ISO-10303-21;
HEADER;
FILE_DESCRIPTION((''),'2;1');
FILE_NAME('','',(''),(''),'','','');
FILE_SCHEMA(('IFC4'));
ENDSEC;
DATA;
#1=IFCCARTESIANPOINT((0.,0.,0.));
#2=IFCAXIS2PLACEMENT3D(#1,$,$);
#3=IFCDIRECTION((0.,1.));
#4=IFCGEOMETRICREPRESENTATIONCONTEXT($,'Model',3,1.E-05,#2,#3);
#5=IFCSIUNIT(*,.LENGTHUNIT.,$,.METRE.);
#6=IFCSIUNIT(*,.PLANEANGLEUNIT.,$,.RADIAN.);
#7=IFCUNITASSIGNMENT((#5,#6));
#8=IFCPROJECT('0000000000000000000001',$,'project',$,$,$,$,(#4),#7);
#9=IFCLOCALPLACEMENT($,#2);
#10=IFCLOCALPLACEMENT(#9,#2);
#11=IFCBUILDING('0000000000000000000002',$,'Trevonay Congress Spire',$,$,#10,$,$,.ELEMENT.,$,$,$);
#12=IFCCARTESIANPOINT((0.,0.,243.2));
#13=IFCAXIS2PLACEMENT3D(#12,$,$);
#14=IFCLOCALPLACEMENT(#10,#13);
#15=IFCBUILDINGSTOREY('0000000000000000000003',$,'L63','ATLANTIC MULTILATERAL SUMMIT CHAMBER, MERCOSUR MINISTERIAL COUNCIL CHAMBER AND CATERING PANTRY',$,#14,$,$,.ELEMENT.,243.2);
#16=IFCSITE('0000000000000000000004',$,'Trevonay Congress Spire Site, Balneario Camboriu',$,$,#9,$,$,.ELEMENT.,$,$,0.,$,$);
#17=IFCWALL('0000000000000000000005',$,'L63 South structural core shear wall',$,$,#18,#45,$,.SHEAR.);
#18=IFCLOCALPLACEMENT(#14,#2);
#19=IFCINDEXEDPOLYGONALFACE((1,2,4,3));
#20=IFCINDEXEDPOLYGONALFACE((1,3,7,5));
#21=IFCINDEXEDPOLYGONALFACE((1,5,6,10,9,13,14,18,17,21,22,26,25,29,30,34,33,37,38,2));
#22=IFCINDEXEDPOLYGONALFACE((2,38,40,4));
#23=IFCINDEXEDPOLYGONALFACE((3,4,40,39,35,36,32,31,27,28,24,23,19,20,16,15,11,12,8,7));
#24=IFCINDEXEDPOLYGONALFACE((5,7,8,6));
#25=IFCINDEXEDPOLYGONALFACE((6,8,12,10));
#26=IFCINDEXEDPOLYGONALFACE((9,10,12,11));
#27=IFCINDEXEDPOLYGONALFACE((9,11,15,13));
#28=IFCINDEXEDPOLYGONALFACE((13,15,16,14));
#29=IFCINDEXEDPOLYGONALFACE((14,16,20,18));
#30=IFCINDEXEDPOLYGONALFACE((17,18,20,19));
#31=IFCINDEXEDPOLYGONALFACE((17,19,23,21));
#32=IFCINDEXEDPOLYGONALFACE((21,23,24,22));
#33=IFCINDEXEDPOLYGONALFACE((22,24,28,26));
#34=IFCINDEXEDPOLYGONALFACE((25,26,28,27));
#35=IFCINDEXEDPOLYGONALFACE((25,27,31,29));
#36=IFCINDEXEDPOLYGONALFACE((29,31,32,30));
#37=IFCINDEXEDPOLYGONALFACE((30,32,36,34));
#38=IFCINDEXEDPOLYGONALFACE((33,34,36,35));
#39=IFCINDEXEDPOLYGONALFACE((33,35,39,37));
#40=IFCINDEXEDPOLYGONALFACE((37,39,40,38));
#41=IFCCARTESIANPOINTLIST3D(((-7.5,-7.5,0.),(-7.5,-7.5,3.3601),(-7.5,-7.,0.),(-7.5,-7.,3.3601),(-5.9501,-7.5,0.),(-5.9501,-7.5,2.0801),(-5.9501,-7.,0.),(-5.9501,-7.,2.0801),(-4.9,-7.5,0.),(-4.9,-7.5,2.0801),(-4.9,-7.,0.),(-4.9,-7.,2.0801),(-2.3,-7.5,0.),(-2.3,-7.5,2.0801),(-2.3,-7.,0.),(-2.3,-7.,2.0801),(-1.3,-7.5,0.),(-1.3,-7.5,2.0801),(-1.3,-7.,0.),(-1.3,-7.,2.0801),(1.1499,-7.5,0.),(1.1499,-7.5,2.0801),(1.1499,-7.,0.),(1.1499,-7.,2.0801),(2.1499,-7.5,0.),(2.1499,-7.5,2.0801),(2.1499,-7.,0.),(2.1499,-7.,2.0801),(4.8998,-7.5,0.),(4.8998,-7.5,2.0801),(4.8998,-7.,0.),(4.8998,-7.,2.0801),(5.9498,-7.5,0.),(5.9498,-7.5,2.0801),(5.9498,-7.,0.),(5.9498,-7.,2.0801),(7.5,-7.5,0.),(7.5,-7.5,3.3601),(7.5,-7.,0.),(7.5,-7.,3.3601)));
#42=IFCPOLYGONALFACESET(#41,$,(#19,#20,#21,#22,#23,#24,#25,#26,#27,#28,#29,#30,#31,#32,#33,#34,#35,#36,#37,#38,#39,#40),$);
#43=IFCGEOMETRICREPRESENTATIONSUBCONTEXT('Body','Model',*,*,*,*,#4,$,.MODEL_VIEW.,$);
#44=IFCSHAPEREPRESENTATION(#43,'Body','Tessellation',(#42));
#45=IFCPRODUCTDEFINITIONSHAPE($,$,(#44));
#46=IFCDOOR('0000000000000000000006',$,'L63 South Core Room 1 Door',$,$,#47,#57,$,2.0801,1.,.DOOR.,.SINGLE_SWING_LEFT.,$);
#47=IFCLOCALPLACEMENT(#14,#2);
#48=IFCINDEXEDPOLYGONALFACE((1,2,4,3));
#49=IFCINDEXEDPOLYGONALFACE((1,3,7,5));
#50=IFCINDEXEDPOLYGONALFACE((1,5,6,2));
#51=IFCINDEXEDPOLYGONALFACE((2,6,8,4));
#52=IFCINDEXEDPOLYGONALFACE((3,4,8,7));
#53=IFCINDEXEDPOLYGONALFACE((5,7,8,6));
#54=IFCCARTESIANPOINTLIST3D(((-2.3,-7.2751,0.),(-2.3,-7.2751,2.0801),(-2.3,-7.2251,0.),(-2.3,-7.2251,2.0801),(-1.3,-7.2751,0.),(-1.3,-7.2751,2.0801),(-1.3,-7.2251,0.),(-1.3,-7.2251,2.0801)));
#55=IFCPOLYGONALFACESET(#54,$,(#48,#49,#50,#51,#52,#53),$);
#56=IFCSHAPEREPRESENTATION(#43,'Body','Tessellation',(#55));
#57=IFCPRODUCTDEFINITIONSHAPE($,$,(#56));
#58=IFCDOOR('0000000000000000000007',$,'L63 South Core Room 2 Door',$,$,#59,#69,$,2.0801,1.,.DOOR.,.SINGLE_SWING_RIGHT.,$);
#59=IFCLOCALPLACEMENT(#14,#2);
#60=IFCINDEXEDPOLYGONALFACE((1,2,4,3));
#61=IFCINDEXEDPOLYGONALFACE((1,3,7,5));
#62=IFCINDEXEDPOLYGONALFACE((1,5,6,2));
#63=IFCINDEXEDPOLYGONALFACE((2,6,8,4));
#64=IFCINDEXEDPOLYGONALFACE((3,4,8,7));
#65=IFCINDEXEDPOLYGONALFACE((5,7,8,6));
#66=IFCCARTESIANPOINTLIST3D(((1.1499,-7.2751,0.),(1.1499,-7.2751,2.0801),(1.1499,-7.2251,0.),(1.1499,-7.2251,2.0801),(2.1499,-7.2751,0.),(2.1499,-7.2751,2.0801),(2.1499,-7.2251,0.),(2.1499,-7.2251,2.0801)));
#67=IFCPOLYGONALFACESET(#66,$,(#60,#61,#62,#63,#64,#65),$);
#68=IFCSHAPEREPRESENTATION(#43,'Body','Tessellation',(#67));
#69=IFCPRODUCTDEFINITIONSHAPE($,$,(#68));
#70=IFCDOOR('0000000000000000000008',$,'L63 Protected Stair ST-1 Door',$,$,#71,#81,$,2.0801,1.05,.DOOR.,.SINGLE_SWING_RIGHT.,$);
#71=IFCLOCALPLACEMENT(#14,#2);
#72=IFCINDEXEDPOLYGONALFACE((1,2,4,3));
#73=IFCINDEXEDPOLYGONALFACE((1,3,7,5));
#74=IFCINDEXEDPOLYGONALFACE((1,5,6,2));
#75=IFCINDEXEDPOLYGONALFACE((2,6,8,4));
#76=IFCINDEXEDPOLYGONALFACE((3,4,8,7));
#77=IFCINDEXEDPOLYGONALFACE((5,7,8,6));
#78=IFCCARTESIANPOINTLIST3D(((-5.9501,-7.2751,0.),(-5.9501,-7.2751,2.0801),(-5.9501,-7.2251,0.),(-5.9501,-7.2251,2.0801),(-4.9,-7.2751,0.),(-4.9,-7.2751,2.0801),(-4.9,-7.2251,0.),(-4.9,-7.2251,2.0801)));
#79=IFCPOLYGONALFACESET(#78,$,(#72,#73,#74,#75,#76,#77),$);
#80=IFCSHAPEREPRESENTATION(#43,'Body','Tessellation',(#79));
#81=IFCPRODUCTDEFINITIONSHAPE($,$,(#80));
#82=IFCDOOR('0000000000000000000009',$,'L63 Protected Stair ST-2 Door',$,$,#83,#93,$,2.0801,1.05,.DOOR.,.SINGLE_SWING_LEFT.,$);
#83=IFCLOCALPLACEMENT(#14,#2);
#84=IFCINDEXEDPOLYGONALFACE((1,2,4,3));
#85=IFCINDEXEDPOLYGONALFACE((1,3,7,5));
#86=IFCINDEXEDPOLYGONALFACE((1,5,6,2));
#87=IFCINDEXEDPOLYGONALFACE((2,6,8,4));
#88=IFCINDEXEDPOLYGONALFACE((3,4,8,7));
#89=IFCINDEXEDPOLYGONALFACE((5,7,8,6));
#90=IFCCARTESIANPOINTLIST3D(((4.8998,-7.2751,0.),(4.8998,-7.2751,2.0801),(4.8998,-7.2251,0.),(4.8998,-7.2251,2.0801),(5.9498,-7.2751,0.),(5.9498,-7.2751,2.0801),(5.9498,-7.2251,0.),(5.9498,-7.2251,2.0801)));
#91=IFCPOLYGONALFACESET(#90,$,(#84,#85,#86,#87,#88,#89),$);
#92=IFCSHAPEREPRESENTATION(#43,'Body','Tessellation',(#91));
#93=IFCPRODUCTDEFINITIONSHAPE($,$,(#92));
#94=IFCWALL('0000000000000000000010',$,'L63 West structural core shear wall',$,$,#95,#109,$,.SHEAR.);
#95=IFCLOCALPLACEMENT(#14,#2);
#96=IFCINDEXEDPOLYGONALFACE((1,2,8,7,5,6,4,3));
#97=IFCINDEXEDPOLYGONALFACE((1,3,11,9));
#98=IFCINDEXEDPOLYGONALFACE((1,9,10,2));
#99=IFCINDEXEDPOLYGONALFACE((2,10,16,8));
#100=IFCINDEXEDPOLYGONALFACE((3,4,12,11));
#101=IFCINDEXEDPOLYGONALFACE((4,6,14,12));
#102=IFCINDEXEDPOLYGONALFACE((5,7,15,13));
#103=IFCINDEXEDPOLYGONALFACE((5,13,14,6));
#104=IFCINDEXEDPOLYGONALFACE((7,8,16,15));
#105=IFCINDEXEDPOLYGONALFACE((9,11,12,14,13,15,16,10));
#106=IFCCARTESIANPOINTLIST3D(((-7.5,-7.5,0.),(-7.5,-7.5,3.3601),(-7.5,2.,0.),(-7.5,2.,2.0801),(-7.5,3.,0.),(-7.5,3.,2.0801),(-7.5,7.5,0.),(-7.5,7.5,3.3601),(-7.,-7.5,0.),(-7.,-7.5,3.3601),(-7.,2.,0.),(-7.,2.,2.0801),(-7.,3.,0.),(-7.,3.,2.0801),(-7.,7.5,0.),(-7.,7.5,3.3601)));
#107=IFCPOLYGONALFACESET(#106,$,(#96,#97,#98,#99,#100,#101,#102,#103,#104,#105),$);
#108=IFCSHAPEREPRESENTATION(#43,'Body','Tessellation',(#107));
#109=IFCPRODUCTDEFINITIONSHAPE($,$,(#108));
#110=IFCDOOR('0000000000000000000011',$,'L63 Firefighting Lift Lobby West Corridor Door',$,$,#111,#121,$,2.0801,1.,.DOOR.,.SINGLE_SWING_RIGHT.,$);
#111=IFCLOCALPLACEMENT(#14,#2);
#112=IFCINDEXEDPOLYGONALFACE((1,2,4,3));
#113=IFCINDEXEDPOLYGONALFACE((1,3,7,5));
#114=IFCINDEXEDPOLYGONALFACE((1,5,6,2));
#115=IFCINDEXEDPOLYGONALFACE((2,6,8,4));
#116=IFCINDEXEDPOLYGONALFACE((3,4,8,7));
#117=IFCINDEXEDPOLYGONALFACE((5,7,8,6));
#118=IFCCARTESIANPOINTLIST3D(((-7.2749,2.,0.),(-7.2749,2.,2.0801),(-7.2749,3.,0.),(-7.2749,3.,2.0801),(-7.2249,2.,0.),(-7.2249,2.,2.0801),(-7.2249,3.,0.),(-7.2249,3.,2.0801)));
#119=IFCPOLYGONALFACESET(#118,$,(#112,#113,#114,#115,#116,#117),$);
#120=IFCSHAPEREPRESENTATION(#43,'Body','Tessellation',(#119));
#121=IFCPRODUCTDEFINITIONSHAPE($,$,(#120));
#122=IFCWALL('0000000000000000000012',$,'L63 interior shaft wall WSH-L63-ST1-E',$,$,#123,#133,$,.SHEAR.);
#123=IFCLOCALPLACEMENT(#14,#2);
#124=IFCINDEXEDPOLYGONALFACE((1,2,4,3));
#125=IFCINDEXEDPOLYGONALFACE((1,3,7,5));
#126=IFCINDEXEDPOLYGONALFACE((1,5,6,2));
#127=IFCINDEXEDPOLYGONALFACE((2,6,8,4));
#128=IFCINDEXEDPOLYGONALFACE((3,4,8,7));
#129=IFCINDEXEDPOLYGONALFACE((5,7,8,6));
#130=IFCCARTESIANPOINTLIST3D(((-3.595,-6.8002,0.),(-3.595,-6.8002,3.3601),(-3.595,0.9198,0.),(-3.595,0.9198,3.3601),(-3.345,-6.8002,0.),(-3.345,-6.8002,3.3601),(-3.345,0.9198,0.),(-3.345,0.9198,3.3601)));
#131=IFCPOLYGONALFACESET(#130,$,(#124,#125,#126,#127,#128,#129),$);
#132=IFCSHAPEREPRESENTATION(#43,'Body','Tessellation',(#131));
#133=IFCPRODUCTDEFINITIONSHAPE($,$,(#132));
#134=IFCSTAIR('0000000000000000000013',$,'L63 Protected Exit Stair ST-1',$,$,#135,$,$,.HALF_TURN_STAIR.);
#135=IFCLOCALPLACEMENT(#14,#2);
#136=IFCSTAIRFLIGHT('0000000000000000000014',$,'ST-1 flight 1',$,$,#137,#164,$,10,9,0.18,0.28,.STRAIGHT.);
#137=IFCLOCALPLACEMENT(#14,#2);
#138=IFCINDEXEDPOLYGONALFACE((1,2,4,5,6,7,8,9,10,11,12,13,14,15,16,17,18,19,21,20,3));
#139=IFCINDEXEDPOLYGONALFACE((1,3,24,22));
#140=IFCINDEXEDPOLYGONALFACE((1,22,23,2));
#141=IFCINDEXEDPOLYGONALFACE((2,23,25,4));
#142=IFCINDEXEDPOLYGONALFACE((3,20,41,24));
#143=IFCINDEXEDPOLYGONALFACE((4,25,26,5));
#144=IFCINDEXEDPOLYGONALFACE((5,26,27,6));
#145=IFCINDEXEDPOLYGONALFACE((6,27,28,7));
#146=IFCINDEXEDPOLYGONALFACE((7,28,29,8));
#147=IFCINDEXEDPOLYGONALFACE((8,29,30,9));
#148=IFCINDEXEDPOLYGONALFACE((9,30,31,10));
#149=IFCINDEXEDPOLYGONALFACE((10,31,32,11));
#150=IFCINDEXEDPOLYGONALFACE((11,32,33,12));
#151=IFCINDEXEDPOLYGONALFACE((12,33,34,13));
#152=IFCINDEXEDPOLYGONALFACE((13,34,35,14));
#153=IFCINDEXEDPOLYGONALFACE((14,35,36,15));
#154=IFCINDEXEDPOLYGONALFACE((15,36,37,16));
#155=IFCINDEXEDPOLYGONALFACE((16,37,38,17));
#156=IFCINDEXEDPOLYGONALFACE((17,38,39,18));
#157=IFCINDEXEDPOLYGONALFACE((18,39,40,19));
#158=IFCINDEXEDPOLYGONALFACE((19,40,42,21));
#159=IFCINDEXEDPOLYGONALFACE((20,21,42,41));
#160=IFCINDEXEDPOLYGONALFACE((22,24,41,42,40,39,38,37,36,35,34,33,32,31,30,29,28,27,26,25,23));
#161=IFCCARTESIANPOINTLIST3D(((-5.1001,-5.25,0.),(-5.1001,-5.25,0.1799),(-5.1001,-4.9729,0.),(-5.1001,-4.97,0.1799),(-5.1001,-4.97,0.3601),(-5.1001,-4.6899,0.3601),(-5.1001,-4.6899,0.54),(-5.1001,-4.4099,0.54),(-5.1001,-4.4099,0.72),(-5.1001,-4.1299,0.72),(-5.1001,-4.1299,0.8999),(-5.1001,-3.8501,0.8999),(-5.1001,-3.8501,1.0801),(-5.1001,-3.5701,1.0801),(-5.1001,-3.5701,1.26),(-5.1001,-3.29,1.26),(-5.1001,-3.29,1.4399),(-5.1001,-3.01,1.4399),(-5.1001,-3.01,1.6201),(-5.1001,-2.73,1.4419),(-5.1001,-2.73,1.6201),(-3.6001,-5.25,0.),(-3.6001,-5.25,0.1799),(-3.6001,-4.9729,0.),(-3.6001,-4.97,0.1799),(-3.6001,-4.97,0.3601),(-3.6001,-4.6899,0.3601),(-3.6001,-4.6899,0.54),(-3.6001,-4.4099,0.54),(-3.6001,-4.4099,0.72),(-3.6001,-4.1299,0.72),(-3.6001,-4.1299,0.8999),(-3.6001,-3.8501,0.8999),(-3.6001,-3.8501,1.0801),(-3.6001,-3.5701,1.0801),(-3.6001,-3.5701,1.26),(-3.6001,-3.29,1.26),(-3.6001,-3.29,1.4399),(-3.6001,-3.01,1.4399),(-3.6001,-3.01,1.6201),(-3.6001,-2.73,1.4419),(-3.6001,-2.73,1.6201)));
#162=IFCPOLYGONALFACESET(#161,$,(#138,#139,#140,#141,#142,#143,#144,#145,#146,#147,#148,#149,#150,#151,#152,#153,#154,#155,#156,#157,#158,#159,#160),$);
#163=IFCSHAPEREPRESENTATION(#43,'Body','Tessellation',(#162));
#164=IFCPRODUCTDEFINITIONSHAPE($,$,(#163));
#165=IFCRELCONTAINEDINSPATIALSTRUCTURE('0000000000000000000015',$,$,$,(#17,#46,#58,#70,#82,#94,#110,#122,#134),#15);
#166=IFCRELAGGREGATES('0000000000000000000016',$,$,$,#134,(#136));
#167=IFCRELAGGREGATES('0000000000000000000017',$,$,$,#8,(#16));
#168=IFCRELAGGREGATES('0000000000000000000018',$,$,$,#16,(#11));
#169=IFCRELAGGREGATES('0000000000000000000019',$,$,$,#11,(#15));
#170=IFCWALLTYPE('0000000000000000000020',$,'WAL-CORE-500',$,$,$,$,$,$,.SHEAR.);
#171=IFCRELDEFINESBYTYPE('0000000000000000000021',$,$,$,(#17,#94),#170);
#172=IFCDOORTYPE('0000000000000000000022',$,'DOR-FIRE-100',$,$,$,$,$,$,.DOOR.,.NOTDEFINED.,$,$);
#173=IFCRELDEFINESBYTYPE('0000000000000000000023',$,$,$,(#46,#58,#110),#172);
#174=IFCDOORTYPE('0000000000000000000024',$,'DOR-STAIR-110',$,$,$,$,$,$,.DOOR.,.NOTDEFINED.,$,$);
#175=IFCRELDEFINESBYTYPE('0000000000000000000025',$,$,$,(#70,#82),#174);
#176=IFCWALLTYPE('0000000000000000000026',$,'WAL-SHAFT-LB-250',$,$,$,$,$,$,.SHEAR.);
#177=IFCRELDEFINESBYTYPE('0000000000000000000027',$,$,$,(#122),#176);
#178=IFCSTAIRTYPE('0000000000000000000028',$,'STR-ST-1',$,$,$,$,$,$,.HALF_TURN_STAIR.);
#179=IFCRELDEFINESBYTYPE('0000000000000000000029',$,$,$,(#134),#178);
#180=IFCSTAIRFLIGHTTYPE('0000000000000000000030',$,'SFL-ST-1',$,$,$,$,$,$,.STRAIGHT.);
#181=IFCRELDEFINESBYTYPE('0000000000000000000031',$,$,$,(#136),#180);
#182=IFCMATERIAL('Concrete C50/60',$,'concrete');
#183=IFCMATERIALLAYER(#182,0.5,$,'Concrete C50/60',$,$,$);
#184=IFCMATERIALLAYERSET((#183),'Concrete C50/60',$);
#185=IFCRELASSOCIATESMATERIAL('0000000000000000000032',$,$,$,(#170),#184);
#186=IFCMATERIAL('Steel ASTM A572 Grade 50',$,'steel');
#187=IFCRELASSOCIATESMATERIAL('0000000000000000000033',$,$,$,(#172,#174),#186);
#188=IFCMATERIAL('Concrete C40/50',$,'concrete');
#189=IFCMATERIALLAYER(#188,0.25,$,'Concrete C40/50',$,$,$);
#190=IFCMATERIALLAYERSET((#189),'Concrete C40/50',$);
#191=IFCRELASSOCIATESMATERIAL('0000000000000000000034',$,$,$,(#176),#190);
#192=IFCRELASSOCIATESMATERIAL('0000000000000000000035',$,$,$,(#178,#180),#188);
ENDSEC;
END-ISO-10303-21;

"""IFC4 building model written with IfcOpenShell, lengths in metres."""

from ifc_helpers import new_model, si_unit, direction, frame, frame_2d, origin, place, context, subcontext, project, spatial, polyline, rectangle, outline, extrude, material, layer, layer_set, type_object, element, fill, aggregate, save


model = new_model("IFC4")

# Units and contexts
model_context = context("Model", 3, precision=1e-05, world=origin(), true_north=direction((0.0, 1.0)))
body_context = subcontext(model_context, "Body", "Model", "MODEL_VIEW")
ifc_project = project(units=[si_unit("LENGTHUNIT", "METRE"), si_unit("PLANEANGLEUNIT", "RADIAN")], contexts=[model_context])

# Site, building, storey
site_placement = place(None, origin())
site = spatial("IfcSite", under=ifc_project, at=site_placement, Name="Trevonay Congress Spire Site, Balneario Camboriu", CompositionType="ELEMENT", RefElevation=0.0)
building_placement = place(site_placement, origin())
building = spatial("IfcBuilding", under=site, at=building_placement, Name="Trevonay Congress Spire", CompositionType="ELEMENT")
storey_placement = place(building_placement, frame((0.0, 0.0, 243.2)))
storey = spatial("IfcBuildingStorey", under=building, at=storey_placement, Name="L63", Description="ATLANTIC MULTILATERAL SUMMIT CHAMBER, MERCOSUR MINISTERIAL COUNCIL CHAMBER AND CATERING PANTRY", CompositionType="ELEMENT", Elevation=243.2)

# Shared definitions
ifc_material_1 = material(Name="Steel ASTM A572 Grade 50", Category="steel")

# Wall, openings, doors
ifc_material_2 = material(Name="Concrete C50/60", Category="concrete")
ifc_layer_1 = layer(ifc_material_2, 0.5, Name="Concrete C50/60")
ifc_layer_set_1 = layer_set([ifc_layer_1], Name="Concrete C50/60")
wall_type_1 = type_object("IfcWallType", Name="WAL-CORE-500", PredefinedType="SHEAR", material=ifc_layer_set_1)
wall_1_placement = place(storey_placement, frame((-7.5, -7.25, 0.0), z_axis=(0.0, 0.0, 1.0), x_axis=(1.0, 0.0, 0.0)))
wall_1 = element("IfcWall", 1, at=wall_1_placement, inside=storey, type_object=wall_type_1, Name="L63 South structural core shear wall", PredefinedType="SHEAR", context=body_context, shape_type="SweptSolid", body=[
    extrude(rectangle(XDim=15.0, YDim=0.5, at=frame_2d((7.5, 0.0))), origin(), (0.0, 0.0, 1.0), 3.3601),
])
opening_1_placement = place(wall_1_placement, frame((1.55, 0.0, 0.0)))
opening_1 = element("IfcOpeningElement", 2, at=opening_1_placement, cuts=wall_1, PredefinedType="OPENING", context=body_context, shape_type="SweptSolid", body=[
    extrude(rectangle(XDim=1.05, YDim=2.0801, at=frame_2d((0.5249, 1.04))), frame((0.0, 0.26, 0.0), z_axis=(0.0, -1.0, 0.0), x_axis=(1.0, 0.0, 0.0)), (0.0, 0.0, 1.0), 0.52),
])
opening_2_placement = place(wall_1_placement, frame((12.3999, 0.0, 0.0)))
opening_2 = element("IfcOpeningElement", 3, at=opening_2_placement, cuts=wall_1, PredefinedType="OPENING", context=body_context, shape_type="SweptSolid", body=[
    extrude(rectangle(XDim=1.05, YDim=2.0801, at=frame_2d((0.5249, 1.04))), frame((0.0, 0.26, 0.0), z_axis=(0.0, -1.0, 0.0), x_axis=(1.0, 0.0, 0.0)), (0.0, 0.0, 1.0), 0.52),
])
opening_3_placement = place(wall_1_placement, frame((5.2, 0.0, 0.0)))
opening_3 = element("IfcOpeningElement", 4, at=opening_3_placement, cuts=wall_1, PredefinedType="OPENING", context=body_context, shape_type="SweptSolid", body=[
    extrude(rectangle(XDim=1.0, YDim=2.0801, at=frame_2d((0.5, 1.04))), frame((0.0, 0.26, 0.0), z_axis=(0.0, -1.0, 0.0), x_axis=(1.0, 0.0, 0.0)), (0.0, 0.0, 1.0), 0.52),
])
opening_4_placement = place(wall_1_placement, frame((8.6499, 0.0, 0.0)))
opening_4 = element("IfcOpeningElement", 5, at=opening_4_placement, cuts=wall_1, PredefinedType="OPENING", context=body_context, shape_type="SweptSolid", body=[
    extrude(rectangle(XDim=1.0, YDim=2.0801, at=frame_2d((0.5, 1.04))), frame((0.0, 0.26, 0.0), z_axis=(0.0, -1.0, 0.0), x_axis=(1.0, 0.0, 0.0)), (0.0, 0.0, 1.0), 0.52),
])
door_type_1 = type_object("IfcDoorType", Name="DOR-FIRE-100", OperationType="NOTDEFINED", PredefinedType="DOOR", material=ifc_material_1)
door_1_placement = place(opening_3_placement, origin())
door_1 = element("IfcDoor", 6, at=door_1_placement, inside=storey, type_object=door_type_1, Name="L63 South Core Room 1 Door", OperationType="SINGLE_SWING_LEFT", OverallHeight=2.0801, OverallWidth=1.0, PredefinedType="DOOR", context=body_context, shape_type="SweptSolid", body=[
    extrude(rectangle(XDim=1.0, YDim=2.0801, at=frame_2d((0.5, 1.04))), frame((0.0, 0.0249, 0.0), z_axis=(0.0, -1.0, 0.0), x_axis=(1.0, 0.0, 0.0)), (0.0, 0.0, 1.0), 0.05),
])
fill(opening_3, door_1)
door_2_placement = place(opening_4_placement, origin())
door_2 = element("IfcDoor", 7, at=door_2_placement, inside=storey, type_object=door_type_1, Name="L63 South Core Room 2 Door", OperationType="SINGLE_SWING_RIGHT", OverallHeight=2.0801, OverallWidth=1.0, PredefinedType="DOOR", context=body_context, shape_type="SweptSolid", body=[
    extrude(rectangle(XDim=1.0, YDim=2.0801, at=frame_2d((0.5, 1.04))), frame((0.0, 0.0249, 0.0), z_axis=(0.0, -1.0, 0.0), x_axis=(1.0, 0.0, 0.0)), (0.0, 0.0, 1.0), 0.05),
])
fill(opening_4, door_2)
door_type_2 = type_object("IfcDoorType", Name="DOR-STAIR-110", OperationType="NOTDEFINED", PredefinedType="DOOR", material=ifc_material_1)
door_3_placement = place(opening_1_placement, origin())
door_3 = element("IfcDoor", 8, at=door_3_placement, inside=storey, type_object=door_type_2, Name="L63 Protected Stair ST-1 Door", OperationType="SINGLE_SWING_RIGHT", OverallHeight=2.0801, OverallWidth=1.05, PredefinedType="DOOR", context=body_context, shape_type="SweptSolid", body=[
    extrude(rectangle(XDim=1.05, YDim=2.0801, at=frame_2d((0.5249, 1.04))), frame((0.0, 0.0249, 0.0), z_axis=(0.0, -1.0, 0.0), x_axis=(1.0, 0.0, 0.0)), (0.0, 0.0, 1.0), 0.05),
])
fill(opening_1, door_3)
door_4_placement = place(opening_2_placement, origin())
door_4 = element("IfcDoor", 9, at=door_4_placement, inside=storey, type_object=door_type_2, Name="L63 Protected Stair ST-2 Door", OperationType="SINGLE_SWING_LEFT", OverallHeight=2.0801, OverallWidth=1.05, PredefinedType="DOOR", context=body_context, shape_type="SweptSolid", body=[
    extrude(rectangle(XDim=1.05, YDim=2.0801, at=frame_2d((0.5249, 1.04))), frame((0.0, 0.0249, 0.0), z_axis=(0.0, -1.0, 0.0), x_axis=(1.0, 0.0, 0.0)), (0.0, 0.0, 1.0), 0.05),
])
fill(opening_2, door_4)

# Wall, opening, door
wall_2_placement = place(storey_placement, frame((-7.25, -7.5, 0.0), z_axis=(0.0, 0.0, 1.0), x_axis=(0.0, 1.0, 0.0)))
wall_2 = element("IfcWall", 10, at=wall_2_placement, inside=storey, type_object=wall_type_1, Name="L63 West structural core shear wall", PredefinedType="SHEAR", context=body_context, shape_type="SweptSolid", body=[
    extrude(rectangle(XDim=15.0, YDim=0.5, at=frame_2d((7.5, 0.0))), origin(), (0.0, 0.0, 1.0), 3.3601),
])
opening_5_placement = place(wall_2_placement, frame((9.5, 0.0, 0.0)))
opening_5 = element("IfcOpeningElement", 11, at=opening_5_placement, cuts=wall_2, PredefinedType="OPENING", context=body_context, shape_type="SweptSolid", body=[
    extrude(rectangle(XDim=1.0, YDim=2.0801, at=frame_2d((0.5, 1.04))), frame((0.0, 0.26, 0.0), z_axis=(0.0, -1.0, 0.0), x_axis=(1.0, 0.0, 0.0)), (0.0, 0.0, 1.0), 0.52),
])
door_5_placement = place(opening_5_placement, origin())
door_5 = element("IfcDoor", 12, at=door_5_placement, inside=storey, type_object=door_type_1, Name="L63 Firefighting Lift Lobby West Corridor Door", OperationType="SINGLE_SWING_RIGHT", OverallHeight=2.0801, OverallWidth=1.0, PredefinedType="DOOR", context=body_context, shape_type="SweptSolid", body=[
    extrude(rectangle(XDim=1.0, YDim=2.0801, at=frame_2d((0.5, 1.04))), frame((0.0, 0.0249, 0.0), z_axis=(0.0, -1.0, 0.0), x_axis=(1.0, 0.0, 0.0)), (0.0, 0.0, 1.0), 0.05),
])
fill(opening_5, door_5)

# Wall
ifc_material_3 = material(Name="Concrete C40/50", Category="concrete")
ifc_layer_2 = layer(ifc_material_3, 0.25, Name="Concrete C40/50")
ifc_layer_set_2 = layer_set([ifc_layer_2], Name="Concrete C40/50")
wall_type_2 = type_object("IfcWallType", Name="WAL-SHAFT-LB-250", PredefinedType="SHEAR", material=ifc_layer_set_2)
wall_3_placement = place(storey_placement, frame((-3.47, -6.8, 0.0), z_axis=(0.0, 0.0, 1.0), x_axis=(0.0, 1.0, 0.0)))
element("IfcWall", 13, at=wall_3_placement, inside=storey, type_object=wall_type_2, Name="L63 interior shaft wall WSH-L63-ST1-E", PredefinedType="SHEAR", context=body_context, shape_type="SweptSolid", body=[
    extrude(rectangle(XDim=7.72, YDim=0.25, at=frame_2d((3.8599, 0.0))), origin(), (0.0, 0.0, 1.0), 3.3601),
])

# Stair, stair flight
stair_type = type_object("IfcStairType", Name="STR-ST-1", PredefinedType="HALF_TURN_STAIR", material=ifc_material_3)
stair_placement = place(storey_placement, origin())
stair = element("IfcStair", 14, at=stair_placement, inside=storey, type_object=stair_type, Name="L63 Protected Exit Stair ST-1", PredefinedType="HALF_TURN_STAIR")
stair_flight_type = type_object("IfcStairFlightType", Name="SFL-ST-1", PredefinedType="STRAIGHT", material=ifc_material_3)
stair_flight_1_placement = place(storey_placement, frame((-4.3501, -5.25, 0.0), z_axis=(0.0, 0.0, 1.0), x_axis=(0.0, 1.0, 0.0)))
stair_flight_1 = element("IfcStairFlight", 15, at=stair_flight_1_placement, type_object=stair_flight_type, Name="ST-1 flight 1", NumberOfRisers=10, NumberOfTreads=9, PredefinedType="STRAIGHT", RiserHeight=0.18, TreadLength=0.28, context=body_context, shape_type="SweptSolid", body=[
    extrude(outline(polyline([(0.0, 0.0), (0.0, 0.1799), (0.28, 0.1799), (0.28, 0.3601), (0.5601, 0.3601), (0.5601, 0.54), (0.8401, 0.54), (0.8401, 0.72), (1.1201, 0.72), (1.1201, 0.8999), (1.3999, 0.8999), (1.3999, 1.0801), (1.6799, 1.0801), (1.6799, 1.26), (1.96, 1.26), (1.96, 1.4399), (2.24, 1.4399), (2.24, 1.6201), (2.52, 1.6201), (2.52, 1.8), (2.52, 1.4419), (0.2771, 0.0), (0.0, 0.0)])), frame((0.0, 0.75, 0.0), z_axis=(0.0, -1.0, 0.0), x_axis=(1.0, 0.0, 0.0)), (0.0, 0.0, 1.0), 1.5),
])
aggregate(stair, [stair_flight_1])

save(model, "model.ifc")
